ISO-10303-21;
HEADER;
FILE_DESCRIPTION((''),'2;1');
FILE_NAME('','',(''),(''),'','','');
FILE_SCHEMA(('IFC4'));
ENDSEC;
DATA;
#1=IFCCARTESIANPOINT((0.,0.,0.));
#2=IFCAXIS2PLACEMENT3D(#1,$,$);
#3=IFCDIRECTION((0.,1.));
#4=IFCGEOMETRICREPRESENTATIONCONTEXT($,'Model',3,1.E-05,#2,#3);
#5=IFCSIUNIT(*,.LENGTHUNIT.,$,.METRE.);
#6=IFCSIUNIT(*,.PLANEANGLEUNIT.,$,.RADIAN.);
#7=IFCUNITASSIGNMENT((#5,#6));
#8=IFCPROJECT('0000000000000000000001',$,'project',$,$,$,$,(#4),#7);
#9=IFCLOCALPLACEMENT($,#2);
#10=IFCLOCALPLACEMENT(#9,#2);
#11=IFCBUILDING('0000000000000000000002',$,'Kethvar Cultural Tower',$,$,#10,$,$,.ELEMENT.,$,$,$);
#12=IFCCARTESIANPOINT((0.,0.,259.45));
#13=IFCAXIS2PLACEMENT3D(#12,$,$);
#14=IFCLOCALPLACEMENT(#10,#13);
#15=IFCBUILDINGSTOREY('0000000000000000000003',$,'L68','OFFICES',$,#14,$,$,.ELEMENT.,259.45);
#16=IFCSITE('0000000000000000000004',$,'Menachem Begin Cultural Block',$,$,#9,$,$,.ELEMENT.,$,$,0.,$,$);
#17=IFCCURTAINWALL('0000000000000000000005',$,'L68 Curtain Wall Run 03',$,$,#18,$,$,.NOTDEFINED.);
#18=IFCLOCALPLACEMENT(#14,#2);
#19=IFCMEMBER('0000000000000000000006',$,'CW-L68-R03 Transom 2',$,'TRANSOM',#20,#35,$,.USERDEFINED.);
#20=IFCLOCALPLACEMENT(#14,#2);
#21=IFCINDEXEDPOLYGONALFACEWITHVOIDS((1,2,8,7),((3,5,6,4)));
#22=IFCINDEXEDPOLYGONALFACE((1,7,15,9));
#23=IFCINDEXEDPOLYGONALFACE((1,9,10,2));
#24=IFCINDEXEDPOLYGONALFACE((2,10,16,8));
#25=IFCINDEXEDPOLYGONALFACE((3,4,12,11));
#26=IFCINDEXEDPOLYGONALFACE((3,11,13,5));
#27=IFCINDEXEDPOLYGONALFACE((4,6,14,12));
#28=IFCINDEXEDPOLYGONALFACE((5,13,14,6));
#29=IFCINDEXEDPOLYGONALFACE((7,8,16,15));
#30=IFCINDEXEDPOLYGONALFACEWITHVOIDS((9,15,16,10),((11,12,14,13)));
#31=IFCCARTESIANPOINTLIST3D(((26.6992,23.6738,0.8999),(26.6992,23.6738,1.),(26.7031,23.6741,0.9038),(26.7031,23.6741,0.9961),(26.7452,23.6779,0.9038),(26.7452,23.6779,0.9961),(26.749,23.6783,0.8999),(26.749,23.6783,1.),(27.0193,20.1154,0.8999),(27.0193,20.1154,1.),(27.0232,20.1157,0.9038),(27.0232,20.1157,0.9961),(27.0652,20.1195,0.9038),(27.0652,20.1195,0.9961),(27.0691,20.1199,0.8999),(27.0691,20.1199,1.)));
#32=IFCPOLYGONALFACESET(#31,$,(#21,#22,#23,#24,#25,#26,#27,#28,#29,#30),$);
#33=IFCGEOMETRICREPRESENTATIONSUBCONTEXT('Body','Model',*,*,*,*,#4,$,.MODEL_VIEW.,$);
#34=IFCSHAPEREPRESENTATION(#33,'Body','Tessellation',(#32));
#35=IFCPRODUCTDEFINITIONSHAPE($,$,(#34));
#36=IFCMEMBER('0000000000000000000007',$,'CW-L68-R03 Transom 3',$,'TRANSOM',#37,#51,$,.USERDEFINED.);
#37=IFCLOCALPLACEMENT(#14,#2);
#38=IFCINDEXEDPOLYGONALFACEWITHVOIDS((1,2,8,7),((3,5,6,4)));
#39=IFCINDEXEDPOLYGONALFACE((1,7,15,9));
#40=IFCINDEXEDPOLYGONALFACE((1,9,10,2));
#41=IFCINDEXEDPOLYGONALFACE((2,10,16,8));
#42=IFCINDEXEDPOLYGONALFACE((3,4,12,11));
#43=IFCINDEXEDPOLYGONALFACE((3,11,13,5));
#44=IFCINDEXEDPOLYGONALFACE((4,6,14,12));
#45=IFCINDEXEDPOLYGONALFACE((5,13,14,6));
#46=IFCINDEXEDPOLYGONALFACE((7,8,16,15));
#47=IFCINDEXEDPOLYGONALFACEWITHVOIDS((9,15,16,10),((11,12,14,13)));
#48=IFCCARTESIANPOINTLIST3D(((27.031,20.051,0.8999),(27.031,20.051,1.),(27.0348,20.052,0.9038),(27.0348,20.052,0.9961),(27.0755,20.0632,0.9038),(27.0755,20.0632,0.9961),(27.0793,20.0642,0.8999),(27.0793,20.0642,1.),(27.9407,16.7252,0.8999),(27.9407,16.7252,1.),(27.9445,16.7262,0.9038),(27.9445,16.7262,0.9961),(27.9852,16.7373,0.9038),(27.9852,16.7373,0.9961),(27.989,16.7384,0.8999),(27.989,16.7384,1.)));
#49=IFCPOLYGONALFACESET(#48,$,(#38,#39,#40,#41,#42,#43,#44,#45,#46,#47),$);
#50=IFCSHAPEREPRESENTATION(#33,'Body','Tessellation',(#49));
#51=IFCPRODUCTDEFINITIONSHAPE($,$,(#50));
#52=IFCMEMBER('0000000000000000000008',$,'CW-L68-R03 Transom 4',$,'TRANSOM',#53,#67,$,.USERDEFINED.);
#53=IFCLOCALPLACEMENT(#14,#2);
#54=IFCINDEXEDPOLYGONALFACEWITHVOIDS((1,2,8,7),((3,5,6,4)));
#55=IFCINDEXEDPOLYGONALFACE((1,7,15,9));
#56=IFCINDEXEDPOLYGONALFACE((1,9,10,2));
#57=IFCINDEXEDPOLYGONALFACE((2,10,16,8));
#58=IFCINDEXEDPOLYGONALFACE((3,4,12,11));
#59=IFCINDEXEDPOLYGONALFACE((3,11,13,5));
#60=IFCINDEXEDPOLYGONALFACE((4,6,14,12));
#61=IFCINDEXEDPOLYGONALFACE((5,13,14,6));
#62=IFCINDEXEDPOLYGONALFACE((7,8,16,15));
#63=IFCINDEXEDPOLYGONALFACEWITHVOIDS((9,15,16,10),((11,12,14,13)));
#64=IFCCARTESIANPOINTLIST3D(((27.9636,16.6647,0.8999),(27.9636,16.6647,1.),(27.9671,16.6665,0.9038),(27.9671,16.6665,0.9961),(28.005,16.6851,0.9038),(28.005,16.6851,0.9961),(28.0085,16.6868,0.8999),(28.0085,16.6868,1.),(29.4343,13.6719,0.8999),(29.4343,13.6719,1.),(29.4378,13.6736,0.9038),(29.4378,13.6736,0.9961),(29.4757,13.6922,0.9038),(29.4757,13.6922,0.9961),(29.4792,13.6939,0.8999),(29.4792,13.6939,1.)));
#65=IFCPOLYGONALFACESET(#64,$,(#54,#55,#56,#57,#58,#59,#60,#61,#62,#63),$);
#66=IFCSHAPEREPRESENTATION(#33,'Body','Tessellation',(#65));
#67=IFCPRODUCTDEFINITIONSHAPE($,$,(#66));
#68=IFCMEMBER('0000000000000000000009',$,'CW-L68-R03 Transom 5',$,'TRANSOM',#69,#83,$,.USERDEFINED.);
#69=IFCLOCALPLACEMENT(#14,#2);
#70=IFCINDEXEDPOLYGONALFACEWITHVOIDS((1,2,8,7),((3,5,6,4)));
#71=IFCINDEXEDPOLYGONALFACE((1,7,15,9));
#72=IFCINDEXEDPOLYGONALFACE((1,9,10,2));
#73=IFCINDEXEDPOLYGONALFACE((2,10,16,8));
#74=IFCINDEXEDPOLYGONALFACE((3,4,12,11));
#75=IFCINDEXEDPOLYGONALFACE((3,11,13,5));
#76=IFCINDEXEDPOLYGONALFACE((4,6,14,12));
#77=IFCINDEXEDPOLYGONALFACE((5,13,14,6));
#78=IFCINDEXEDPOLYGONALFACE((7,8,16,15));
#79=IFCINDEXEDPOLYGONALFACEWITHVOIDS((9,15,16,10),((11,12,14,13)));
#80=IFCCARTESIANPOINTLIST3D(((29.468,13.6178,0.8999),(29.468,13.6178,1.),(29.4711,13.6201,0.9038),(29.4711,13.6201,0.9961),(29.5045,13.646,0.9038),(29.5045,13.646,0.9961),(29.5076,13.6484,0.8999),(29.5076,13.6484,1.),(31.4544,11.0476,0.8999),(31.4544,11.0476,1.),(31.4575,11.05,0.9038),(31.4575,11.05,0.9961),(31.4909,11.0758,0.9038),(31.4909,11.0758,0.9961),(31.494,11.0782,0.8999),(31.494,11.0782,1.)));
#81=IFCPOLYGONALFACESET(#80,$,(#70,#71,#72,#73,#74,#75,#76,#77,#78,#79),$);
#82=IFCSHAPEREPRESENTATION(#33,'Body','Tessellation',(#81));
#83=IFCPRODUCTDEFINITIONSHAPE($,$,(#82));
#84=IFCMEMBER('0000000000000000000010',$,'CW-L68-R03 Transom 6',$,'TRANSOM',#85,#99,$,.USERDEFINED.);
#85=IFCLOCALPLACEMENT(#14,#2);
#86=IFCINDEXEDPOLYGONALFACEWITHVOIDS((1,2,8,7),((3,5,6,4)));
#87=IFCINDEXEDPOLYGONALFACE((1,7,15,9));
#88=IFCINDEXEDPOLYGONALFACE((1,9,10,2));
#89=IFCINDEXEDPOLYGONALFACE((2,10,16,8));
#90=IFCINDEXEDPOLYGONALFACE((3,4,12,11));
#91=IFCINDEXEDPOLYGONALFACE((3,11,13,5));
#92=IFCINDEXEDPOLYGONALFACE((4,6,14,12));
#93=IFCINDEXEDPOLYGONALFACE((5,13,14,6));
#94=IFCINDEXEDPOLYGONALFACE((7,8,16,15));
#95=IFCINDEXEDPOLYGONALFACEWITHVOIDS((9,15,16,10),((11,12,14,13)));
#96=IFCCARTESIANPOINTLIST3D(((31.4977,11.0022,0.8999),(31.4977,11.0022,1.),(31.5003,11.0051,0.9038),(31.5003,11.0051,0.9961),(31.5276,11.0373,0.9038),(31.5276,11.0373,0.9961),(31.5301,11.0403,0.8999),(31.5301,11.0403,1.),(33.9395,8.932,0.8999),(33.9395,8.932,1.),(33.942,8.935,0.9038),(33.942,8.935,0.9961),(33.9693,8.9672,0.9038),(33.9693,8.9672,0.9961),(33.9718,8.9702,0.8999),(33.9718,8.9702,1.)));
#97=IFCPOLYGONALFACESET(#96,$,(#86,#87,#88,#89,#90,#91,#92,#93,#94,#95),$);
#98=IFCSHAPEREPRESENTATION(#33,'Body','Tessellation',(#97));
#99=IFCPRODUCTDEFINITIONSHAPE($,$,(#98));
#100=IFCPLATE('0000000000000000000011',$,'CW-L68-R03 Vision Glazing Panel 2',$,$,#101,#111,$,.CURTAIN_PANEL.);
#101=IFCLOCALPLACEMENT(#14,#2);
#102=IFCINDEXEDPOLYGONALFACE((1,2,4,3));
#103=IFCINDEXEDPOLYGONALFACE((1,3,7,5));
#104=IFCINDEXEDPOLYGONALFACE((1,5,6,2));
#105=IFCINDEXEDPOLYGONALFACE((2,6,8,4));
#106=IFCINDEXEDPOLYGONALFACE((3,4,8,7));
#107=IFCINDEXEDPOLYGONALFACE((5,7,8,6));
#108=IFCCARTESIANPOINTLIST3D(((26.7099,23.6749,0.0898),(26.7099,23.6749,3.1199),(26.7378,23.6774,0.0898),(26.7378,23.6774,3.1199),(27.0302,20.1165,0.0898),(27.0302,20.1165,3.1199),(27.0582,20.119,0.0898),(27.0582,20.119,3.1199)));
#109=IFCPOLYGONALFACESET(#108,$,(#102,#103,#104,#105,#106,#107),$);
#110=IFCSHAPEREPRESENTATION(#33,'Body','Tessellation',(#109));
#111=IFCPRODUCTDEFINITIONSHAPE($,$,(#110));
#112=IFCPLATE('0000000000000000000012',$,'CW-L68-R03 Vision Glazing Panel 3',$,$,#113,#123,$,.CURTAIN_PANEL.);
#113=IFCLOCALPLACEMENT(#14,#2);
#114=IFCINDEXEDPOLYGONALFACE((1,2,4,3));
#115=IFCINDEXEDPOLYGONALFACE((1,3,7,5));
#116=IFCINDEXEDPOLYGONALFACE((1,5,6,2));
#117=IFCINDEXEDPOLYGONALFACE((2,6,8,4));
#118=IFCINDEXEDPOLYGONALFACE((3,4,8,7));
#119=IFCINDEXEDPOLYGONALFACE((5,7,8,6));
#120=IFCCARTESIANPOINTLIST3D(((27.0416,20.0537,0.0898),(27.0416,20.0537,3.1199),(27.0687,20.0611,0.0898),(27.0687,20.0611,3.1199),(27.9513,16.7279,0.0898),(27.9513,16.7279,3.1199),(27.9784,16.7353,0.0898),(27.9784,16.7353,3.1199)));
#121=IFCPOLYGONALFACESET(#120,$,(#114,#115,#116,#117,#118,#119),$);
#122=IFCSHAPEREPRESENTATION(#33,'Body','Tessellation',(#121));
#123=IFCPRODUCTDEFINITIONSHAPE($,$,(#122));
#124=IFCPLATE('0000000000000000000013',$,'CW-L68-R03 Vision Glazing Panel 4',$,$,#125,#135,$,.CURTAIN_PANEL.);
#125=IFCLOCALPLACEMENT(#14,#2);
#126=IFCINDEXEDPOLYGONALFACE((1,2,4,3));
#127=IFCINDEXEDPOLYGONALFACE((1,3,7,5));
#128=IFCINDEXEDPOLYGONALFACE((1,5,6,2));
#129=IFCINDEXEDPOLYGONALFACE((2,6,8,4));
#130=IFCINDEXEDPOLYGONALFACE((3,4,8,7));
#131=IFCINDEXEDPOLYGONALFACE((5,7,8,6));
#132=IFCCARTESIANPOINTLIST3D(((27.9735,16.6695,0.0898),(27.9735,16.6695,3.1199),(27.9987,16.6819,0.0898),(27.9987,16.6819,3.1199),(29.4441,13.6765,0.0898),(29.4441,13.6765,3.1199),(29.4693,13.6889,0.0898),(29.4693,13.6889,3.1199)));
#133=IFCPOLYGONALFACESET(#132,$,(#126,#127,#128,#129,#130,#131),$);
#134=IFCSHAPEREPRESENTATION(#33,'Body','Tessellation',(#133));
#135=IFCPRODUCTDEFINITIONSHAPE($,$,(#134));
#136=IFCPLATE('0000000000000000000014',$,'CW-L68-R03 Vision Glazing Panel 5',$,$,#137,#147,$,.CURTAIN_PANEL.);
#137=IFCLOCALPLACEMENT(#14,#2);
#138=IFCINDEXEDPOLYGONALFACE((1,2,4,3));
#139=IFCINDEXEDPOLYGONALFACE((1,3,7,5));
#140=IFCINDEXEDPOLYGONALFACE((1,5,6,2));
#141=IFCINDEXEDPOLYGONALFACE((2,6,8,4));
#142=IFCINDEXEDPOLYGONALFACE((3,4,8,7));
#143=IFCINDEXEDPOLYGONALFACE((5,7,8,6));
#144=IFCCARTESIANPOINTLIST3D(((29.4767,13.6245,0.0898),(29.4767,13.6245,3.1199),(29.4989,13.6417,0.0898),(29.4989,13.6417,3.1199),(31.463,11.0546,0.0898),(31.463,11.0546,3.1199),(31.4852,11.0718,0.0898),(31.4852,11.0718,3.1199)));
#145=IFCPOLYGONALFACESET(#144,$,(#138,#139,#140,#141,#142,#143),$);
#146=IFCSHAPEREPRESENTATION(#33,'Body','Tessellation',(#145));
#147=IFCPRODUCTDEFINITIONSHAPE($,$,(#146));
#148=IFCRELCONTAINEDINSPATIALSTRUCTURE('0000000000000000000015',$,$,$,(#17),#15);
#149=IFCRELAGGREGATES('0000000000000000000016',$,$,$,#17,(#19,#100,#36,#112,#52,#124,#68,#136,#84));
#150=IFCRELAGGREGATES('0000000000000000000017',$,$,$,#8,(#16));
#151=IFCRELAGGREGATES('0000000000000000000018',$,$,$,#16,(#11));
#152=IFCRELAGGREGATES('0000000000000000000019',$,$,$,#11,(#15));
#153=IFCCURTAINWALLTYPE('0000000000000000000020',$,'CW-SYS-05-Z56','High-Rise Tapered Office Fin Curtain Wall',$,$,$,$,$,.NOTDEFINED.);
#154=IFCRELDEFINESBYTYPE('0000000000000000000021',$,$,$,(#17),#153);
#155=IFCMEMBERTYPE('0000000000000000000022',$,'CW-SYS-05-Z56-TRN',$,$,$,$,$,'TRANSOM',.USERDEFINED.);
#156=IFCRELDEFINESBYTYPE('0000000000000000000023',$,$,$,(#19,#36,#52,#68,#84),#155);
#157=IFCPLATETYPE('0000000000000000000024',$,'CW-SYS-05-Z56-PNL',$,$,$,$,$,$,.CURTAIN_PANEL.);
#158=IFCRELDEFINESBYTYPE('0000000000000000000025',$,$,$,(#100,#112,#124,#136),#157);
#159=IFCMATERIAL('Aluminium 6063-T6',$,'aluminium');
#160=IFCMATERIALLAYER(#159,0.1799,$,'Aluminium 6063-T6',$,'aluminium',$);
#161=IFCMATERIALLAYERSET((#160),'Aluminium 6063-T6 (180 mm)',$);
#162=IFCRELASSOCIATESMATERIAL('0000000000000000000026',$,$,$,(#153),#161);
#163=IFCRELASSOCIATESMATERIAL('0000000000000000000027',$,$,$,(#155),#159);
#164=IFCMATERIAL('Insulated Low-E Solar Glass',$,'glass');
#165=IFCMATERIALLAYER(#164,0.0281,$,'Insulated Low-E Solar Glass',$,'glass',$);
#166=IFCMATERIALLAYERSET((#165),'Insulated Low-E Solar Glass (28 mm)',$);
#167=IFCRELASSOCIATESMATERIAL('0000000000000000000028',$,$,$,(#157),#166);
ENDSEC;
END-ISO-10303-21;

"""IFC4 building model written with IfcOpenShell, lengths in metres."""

from ifc_helpers import new_model, si_unit, direction, frame, origin, origin_2d, place, context, subcontext, project, spatial, rectangle, hollow_rectangle, extrude, source, transform, mapped, material, layer, layer_set, material_profile, profile_set, type_object, element, aggregate, save


model = new_model("IFC4")

# Units and contexts
model_context = context("Model", 3, precision=1e-05, world=origin(), true_north=direction((0.0, 1.0)))
body_context = subcontext(model_context, "Body", "Model", "MODEL_VIEW")
ifc_project = project(units=[si_unit("LENGTHUNIT", "METRE"), si_unit("PLANEANGLEUNIT", "RADIAN")], contexts=[model_context])

# Site, building, storey
site_placement = place(None, origin())
site = spatial("IfcSite", under=ifc_project, at=site_placement, Name="Menachem Begin Cultural Block", CompositionType="ELEMENT", RefElevation=0.0)
building_placement = place(site_placement, origin())
building = spatial("IfcBuilding", under=site, at=building_placement, Name="Kethvar Cultural Tower", CompositionType="ELEMENT")
storey_placement = place(building_placement, frame((0.0, 0.0, 259.45)))
storey = spatial("IfcBuildingStorey", under=building, at=storey_placement, Name="L68", Description="OFFICES", CompositionType="ELEMENT", Elevation=259.45)

# Curtain wall, members, plates
ifc_material_1 = material(Name="Aluminium 6063-T6", Category="aluminium")
ifc_layer_1 = layer(ifc_material_1, 0.1799, Name="Aluminium 6063-T6", Category="aluminium")
ifc_layer_set_1 = layer_set([ifc_layer_1], Name="Aluminium 6063-T6 (180 mm)")
curtain_wall_type = type_object("IfcCurtainWallType", Name="CW-SYS-05-Z56", Description="High-Rise Tapered Office Fin Curtain Wall", PredefinedType="NOTDEFINED", material=ifc_layer_set_1)
curtain_wall_placement = place(storey_placement, origin())
curtain_wall = element("IfcCurtainWall", 1, at=curtain_wall_placement, inside=storey, type_object=curtain_wall_type, Name="L68 Curtain Wall Run 03", PredefinedType="NOTDEFINED")
ifc_material_profile_1 = material_profile(ifc_material_1, hollow_rectangle(XDim=0.05, YDim=0.1001, WallThickness=0.0039, at=origin_2d()), Name="Aluminium 6063-T6 — RHS100x50x4")
ifc_profile_set_1 = profile_set([ifc_material_profile_1], Name="Aluminium 6063-T6 — RHS100x50x4")
member_type_1 = type_object("IfcMemberType", Name="CW-SYS-05-Z56-TRN", ElementType="TRANSOM", PredefinedType="USERDEFINED", material=ifc_profile_set_1)
shared_shape_1 = source(origin(), body_context, "Body", "SweptSolid", [
    extrude(hollow_rectangle(XDim=0.05, YDim=0.1001, WallThickness=0.0039, at=origin_2d()), origin(), (0.0, 0.0, 1.0), 3.5728),
])
member_1_placement = place(storey_placement, frame((26.7241, 23.676, 0.95), z_axis=(0.089587, -0.995979, 0.0), x_axis=(0.995979, 0.089587, 0.0)))
member_1 = element("IfcMember", 2, at=member_1_placement, type_object=member_type_1, Name="CW-L68-R03 Transom 2", ObjectType="TRANSOM", PredefinedType="USERDEFINED", context=body_context, shape_type="MappedRepresentation", body=[
    mapped(shared_shape_1, transform((0.0, 0.0, 0.0), scale=1.0)),
])
shared_shape_2 = source(origin(), body_context, "Body", "SweptSolid", [
    extrude(hollow_rectangle(XDim=0.05, YDim=0.1001, WallThickness=0.0039, at=origin_2d()), origin(), (0.0, 0.0, 1.0), 3.448),
])
member_2_placement = place(storey_placement, frame((27.0552, 20.0576, 0.95), z_axis=(0.263818, -0.964572, 0.0), x_axis=(0.964572, 0.263818, 0.0)))
member_2 = element("IfcMember", 3, at=member_2_placement, type_object=member_type_1, Name="CW-L68-R03 Transom 3", ObjectType="TRANSOM", PredefinedType="USERDEFINED", context=body_context, shape_type="MappedRepresentation", body=[
    mapped(shared_shape_2, transform((0.0, 0.0, 0.0), scale=1.0)),
])
shared_shape_3 = source(origin(), body_context, "Body", "SweptSolid", [
    extrude(hollow_rectangle(XDim=0.05, YDim=0.1001, WallThickness=0.0039, at=origin_2d()), origin(), (0.0, 0.0, 1.0), 3.3347),
])
member_3_placement = place(storey_placement, frame((27.9861, 16.6758, 0.95), z_axis=(0.441024, -0.897495, 0.0), x_axis=(0.897495, 0.441024, 0.0)))
member_3 = element("IfcMember", 4, at=member_3_placement, type_object=member_type_1, Name="CW-L68-R03 Transom 4", ObjectType="TRANSOM", PredefinedType="USERDEFINED", context=body_context, shape_type="MappedRepresentation", body=[
    mapped(shared_shape_3, transform((0.0, 0.0, 0.0), scale=1.0)),
])
shared_shape_4 = source(origin(), body_context, "Body", "SweptSolid", [
    extrude(hollow_rectangle(XDim=0.05, YDim=0.1001, WallThickness=0.0039, at=origin_2d()), origin(), (0.0, 0.0, 1.0), 3.2483),
])
member_4_placement = place(storey_placement, frame((29.4878, 13.6331, 0.95), z_axis=(0.611518, -0.79123, 0.0), x_axis=(0.79123, 0.611518, 0.0)))
member_4 = element("IfcMember", 5, at=member_4_placement, type_object=member_type_1, Name="CW-L68-R03 Transom 5", ObjectType="TRANSOM", PredefinedType="USERDEFINED", context=body_context, shape_type="MappedRepresentation", body=[
    mapped(shared_shape_4, transform((0.0, 0.0, 0.0), scale=1.0)),
])
shared_shape_5 = source(origin(), body_context, "Body", "SweptSolid", [
    extrude(hollow_rectangle(XDim=0.05, YDim=0.1001, WallThickness=0.0039, at=origin_2d()), origin(), (0.0, 0.0, 1.0), 3.2012),
])
member_5_placement = place(storey_placement, frame((31.5139, 11.0212, 0.95), z_axis=(0.762761, -0.64668, 0.0), x_axis=(0.64668, 0.762761, 0.0)))
member_5 = element("IfcMember", 6, at=member_5_placement, type_object=member_type_1, Name="CW-L68-R03 Transom 6", ObjectType="TRANSOM", PredefinedType="USERDEFINED", context=body_context, shape_type="MappedRepresentation", body=[
    mapped(shared_shape_5, transform((0.0, 0.0, 0.0), scale=1.0)),
])
ifc_material_2 = material(Name="Insulated Low-E Solar Glass", Category="glass")
ifc_layer_2 = layer(ifc_material_2, 0.0281, Name="Insulated Low-E Solar Glass", Category="glass")
ifc_layer_set_2 = layer_set([ifc_layer_2], Name="Insulated Low-E Solar Glass (28 mm)")
plate_type = type_object("IfcPlateType", Name="CW-SYS-05-Z56-PNL", PredefinedType="CURTAIN_PANEL", material=ifc_layer_set_2)
shared_shape_6 = source(origin(), body_context, "Body", "SweptSolid", [
    extrude(rectangle(XDim=3.5728, YDim=0.0281, at=origin_2d()), origin(), (0.0, 0.0, 1.0), 3.03),
])
plate_1_placement = place(storey_placement, frame((26.884, 21.897, 0.0898), z_axis=(0.0, 0.0, 1.0), x_axis=(0.089659, -0.995973, 0.0)))
plate_1 = element("IfcPlate", 7, at=plate_1_placement, type_object=plate_type, Name="CW-L68-R03 Vision Glazing Panel 2", PredefinedType="CURTAIN_PANEL", context=body_context, shape_type="MappedRepresentation", body=[
    mapped(shared_shape_6, transform((0.0, 0.0, 0.0), scale=1.0)),
])
shared_shape_7 = source(origin(), body_context, "Body", "SweptSolid", [
    extrude(rectangle(XDim=3.448, YDim=0.0281, at=origin_2d()), origin(), (0.0, 0.0, 1.0), 3.03),
])
plate_2_placement = place(storey_placement, frame((27.51, 18.3945, 0.0898), z_axis=(0.0, 0.0, 1.0), x_axis=(0.263839, -0.964567, 0.0)))
plate_2 = element("IfcPlate", 8, at=plate_2_placement, type_object=plate_type, Name="CW-L68-R03 Vision Glazing Panel 3", PredefinedType="CURTAIN_PANEL", context=body_context, shape_type="MappedRepresentation", body=[
    mapped(shared_shape_7, transform((0.0, 0.0, 0.0), scale=1.0)),
])
shared_shape_8 = source(origin(), body_context, "Body", "SweptSolid", [
    extrude(rectangle(XDim=3.3347, YDim=0.0281, at=origin_2d()), origin(), (0.0, 0.0, 1.0), 3.03),
])
plate_3_placement = place(storey_placement, frame((28.7214, 15.1792, 0.0898), z_axis=(0.0, 0.0, 1.0), x_axis=(0.441005, -0.897505, 0.0)))
plate_3 = element("IfcPlate", 9, at=plate_3_placement, type_object=plate_type, Name="CW-L68-R03 Vision Glazing Panel 4", PredefinedType="CURTAIN_PANEL", context=body_context, shape_type="MappedRepresentation", body=[
    mapped(shared_shape_8, transform((0.0, 0.0, 0.0), scale=1.0)),
])
shared_shape_9 = source(origin(), body_context, "Body", "SweptSolid", [
    extrude(rectangle(XDim=3.248, YDim=0.0281, at=origin_2d()), origin(), (0.0, 0.0, 1.0), 3.03),
])
plate_4_placement = place(storey_placement, frame((30.481, 12.3481, 0.0898), z_axis=(0.0, 0.0, 1.0), x_axis=(0.611527, -0.791224, 0.0)))
plate_4 = element("IfcPlate", 10, at=plate_4_placement, type_object=plate_type, Name="CW-L68-R03 Vision Glazing Panel 5", PredefinedType="CURTAIN_PANEL", context=body_context, shape_type="MappedRepresentation", body=[
    mapped(shared_shape_9, transform((0.0, 0.0, 0.0), scale=1.0)),
])
aggregate(curtain_wall, [member_1, plate_1, member_2, plate_2, member_3, plate_3, member_4, plate_4, member_5])

save(model, "model.ifc")
